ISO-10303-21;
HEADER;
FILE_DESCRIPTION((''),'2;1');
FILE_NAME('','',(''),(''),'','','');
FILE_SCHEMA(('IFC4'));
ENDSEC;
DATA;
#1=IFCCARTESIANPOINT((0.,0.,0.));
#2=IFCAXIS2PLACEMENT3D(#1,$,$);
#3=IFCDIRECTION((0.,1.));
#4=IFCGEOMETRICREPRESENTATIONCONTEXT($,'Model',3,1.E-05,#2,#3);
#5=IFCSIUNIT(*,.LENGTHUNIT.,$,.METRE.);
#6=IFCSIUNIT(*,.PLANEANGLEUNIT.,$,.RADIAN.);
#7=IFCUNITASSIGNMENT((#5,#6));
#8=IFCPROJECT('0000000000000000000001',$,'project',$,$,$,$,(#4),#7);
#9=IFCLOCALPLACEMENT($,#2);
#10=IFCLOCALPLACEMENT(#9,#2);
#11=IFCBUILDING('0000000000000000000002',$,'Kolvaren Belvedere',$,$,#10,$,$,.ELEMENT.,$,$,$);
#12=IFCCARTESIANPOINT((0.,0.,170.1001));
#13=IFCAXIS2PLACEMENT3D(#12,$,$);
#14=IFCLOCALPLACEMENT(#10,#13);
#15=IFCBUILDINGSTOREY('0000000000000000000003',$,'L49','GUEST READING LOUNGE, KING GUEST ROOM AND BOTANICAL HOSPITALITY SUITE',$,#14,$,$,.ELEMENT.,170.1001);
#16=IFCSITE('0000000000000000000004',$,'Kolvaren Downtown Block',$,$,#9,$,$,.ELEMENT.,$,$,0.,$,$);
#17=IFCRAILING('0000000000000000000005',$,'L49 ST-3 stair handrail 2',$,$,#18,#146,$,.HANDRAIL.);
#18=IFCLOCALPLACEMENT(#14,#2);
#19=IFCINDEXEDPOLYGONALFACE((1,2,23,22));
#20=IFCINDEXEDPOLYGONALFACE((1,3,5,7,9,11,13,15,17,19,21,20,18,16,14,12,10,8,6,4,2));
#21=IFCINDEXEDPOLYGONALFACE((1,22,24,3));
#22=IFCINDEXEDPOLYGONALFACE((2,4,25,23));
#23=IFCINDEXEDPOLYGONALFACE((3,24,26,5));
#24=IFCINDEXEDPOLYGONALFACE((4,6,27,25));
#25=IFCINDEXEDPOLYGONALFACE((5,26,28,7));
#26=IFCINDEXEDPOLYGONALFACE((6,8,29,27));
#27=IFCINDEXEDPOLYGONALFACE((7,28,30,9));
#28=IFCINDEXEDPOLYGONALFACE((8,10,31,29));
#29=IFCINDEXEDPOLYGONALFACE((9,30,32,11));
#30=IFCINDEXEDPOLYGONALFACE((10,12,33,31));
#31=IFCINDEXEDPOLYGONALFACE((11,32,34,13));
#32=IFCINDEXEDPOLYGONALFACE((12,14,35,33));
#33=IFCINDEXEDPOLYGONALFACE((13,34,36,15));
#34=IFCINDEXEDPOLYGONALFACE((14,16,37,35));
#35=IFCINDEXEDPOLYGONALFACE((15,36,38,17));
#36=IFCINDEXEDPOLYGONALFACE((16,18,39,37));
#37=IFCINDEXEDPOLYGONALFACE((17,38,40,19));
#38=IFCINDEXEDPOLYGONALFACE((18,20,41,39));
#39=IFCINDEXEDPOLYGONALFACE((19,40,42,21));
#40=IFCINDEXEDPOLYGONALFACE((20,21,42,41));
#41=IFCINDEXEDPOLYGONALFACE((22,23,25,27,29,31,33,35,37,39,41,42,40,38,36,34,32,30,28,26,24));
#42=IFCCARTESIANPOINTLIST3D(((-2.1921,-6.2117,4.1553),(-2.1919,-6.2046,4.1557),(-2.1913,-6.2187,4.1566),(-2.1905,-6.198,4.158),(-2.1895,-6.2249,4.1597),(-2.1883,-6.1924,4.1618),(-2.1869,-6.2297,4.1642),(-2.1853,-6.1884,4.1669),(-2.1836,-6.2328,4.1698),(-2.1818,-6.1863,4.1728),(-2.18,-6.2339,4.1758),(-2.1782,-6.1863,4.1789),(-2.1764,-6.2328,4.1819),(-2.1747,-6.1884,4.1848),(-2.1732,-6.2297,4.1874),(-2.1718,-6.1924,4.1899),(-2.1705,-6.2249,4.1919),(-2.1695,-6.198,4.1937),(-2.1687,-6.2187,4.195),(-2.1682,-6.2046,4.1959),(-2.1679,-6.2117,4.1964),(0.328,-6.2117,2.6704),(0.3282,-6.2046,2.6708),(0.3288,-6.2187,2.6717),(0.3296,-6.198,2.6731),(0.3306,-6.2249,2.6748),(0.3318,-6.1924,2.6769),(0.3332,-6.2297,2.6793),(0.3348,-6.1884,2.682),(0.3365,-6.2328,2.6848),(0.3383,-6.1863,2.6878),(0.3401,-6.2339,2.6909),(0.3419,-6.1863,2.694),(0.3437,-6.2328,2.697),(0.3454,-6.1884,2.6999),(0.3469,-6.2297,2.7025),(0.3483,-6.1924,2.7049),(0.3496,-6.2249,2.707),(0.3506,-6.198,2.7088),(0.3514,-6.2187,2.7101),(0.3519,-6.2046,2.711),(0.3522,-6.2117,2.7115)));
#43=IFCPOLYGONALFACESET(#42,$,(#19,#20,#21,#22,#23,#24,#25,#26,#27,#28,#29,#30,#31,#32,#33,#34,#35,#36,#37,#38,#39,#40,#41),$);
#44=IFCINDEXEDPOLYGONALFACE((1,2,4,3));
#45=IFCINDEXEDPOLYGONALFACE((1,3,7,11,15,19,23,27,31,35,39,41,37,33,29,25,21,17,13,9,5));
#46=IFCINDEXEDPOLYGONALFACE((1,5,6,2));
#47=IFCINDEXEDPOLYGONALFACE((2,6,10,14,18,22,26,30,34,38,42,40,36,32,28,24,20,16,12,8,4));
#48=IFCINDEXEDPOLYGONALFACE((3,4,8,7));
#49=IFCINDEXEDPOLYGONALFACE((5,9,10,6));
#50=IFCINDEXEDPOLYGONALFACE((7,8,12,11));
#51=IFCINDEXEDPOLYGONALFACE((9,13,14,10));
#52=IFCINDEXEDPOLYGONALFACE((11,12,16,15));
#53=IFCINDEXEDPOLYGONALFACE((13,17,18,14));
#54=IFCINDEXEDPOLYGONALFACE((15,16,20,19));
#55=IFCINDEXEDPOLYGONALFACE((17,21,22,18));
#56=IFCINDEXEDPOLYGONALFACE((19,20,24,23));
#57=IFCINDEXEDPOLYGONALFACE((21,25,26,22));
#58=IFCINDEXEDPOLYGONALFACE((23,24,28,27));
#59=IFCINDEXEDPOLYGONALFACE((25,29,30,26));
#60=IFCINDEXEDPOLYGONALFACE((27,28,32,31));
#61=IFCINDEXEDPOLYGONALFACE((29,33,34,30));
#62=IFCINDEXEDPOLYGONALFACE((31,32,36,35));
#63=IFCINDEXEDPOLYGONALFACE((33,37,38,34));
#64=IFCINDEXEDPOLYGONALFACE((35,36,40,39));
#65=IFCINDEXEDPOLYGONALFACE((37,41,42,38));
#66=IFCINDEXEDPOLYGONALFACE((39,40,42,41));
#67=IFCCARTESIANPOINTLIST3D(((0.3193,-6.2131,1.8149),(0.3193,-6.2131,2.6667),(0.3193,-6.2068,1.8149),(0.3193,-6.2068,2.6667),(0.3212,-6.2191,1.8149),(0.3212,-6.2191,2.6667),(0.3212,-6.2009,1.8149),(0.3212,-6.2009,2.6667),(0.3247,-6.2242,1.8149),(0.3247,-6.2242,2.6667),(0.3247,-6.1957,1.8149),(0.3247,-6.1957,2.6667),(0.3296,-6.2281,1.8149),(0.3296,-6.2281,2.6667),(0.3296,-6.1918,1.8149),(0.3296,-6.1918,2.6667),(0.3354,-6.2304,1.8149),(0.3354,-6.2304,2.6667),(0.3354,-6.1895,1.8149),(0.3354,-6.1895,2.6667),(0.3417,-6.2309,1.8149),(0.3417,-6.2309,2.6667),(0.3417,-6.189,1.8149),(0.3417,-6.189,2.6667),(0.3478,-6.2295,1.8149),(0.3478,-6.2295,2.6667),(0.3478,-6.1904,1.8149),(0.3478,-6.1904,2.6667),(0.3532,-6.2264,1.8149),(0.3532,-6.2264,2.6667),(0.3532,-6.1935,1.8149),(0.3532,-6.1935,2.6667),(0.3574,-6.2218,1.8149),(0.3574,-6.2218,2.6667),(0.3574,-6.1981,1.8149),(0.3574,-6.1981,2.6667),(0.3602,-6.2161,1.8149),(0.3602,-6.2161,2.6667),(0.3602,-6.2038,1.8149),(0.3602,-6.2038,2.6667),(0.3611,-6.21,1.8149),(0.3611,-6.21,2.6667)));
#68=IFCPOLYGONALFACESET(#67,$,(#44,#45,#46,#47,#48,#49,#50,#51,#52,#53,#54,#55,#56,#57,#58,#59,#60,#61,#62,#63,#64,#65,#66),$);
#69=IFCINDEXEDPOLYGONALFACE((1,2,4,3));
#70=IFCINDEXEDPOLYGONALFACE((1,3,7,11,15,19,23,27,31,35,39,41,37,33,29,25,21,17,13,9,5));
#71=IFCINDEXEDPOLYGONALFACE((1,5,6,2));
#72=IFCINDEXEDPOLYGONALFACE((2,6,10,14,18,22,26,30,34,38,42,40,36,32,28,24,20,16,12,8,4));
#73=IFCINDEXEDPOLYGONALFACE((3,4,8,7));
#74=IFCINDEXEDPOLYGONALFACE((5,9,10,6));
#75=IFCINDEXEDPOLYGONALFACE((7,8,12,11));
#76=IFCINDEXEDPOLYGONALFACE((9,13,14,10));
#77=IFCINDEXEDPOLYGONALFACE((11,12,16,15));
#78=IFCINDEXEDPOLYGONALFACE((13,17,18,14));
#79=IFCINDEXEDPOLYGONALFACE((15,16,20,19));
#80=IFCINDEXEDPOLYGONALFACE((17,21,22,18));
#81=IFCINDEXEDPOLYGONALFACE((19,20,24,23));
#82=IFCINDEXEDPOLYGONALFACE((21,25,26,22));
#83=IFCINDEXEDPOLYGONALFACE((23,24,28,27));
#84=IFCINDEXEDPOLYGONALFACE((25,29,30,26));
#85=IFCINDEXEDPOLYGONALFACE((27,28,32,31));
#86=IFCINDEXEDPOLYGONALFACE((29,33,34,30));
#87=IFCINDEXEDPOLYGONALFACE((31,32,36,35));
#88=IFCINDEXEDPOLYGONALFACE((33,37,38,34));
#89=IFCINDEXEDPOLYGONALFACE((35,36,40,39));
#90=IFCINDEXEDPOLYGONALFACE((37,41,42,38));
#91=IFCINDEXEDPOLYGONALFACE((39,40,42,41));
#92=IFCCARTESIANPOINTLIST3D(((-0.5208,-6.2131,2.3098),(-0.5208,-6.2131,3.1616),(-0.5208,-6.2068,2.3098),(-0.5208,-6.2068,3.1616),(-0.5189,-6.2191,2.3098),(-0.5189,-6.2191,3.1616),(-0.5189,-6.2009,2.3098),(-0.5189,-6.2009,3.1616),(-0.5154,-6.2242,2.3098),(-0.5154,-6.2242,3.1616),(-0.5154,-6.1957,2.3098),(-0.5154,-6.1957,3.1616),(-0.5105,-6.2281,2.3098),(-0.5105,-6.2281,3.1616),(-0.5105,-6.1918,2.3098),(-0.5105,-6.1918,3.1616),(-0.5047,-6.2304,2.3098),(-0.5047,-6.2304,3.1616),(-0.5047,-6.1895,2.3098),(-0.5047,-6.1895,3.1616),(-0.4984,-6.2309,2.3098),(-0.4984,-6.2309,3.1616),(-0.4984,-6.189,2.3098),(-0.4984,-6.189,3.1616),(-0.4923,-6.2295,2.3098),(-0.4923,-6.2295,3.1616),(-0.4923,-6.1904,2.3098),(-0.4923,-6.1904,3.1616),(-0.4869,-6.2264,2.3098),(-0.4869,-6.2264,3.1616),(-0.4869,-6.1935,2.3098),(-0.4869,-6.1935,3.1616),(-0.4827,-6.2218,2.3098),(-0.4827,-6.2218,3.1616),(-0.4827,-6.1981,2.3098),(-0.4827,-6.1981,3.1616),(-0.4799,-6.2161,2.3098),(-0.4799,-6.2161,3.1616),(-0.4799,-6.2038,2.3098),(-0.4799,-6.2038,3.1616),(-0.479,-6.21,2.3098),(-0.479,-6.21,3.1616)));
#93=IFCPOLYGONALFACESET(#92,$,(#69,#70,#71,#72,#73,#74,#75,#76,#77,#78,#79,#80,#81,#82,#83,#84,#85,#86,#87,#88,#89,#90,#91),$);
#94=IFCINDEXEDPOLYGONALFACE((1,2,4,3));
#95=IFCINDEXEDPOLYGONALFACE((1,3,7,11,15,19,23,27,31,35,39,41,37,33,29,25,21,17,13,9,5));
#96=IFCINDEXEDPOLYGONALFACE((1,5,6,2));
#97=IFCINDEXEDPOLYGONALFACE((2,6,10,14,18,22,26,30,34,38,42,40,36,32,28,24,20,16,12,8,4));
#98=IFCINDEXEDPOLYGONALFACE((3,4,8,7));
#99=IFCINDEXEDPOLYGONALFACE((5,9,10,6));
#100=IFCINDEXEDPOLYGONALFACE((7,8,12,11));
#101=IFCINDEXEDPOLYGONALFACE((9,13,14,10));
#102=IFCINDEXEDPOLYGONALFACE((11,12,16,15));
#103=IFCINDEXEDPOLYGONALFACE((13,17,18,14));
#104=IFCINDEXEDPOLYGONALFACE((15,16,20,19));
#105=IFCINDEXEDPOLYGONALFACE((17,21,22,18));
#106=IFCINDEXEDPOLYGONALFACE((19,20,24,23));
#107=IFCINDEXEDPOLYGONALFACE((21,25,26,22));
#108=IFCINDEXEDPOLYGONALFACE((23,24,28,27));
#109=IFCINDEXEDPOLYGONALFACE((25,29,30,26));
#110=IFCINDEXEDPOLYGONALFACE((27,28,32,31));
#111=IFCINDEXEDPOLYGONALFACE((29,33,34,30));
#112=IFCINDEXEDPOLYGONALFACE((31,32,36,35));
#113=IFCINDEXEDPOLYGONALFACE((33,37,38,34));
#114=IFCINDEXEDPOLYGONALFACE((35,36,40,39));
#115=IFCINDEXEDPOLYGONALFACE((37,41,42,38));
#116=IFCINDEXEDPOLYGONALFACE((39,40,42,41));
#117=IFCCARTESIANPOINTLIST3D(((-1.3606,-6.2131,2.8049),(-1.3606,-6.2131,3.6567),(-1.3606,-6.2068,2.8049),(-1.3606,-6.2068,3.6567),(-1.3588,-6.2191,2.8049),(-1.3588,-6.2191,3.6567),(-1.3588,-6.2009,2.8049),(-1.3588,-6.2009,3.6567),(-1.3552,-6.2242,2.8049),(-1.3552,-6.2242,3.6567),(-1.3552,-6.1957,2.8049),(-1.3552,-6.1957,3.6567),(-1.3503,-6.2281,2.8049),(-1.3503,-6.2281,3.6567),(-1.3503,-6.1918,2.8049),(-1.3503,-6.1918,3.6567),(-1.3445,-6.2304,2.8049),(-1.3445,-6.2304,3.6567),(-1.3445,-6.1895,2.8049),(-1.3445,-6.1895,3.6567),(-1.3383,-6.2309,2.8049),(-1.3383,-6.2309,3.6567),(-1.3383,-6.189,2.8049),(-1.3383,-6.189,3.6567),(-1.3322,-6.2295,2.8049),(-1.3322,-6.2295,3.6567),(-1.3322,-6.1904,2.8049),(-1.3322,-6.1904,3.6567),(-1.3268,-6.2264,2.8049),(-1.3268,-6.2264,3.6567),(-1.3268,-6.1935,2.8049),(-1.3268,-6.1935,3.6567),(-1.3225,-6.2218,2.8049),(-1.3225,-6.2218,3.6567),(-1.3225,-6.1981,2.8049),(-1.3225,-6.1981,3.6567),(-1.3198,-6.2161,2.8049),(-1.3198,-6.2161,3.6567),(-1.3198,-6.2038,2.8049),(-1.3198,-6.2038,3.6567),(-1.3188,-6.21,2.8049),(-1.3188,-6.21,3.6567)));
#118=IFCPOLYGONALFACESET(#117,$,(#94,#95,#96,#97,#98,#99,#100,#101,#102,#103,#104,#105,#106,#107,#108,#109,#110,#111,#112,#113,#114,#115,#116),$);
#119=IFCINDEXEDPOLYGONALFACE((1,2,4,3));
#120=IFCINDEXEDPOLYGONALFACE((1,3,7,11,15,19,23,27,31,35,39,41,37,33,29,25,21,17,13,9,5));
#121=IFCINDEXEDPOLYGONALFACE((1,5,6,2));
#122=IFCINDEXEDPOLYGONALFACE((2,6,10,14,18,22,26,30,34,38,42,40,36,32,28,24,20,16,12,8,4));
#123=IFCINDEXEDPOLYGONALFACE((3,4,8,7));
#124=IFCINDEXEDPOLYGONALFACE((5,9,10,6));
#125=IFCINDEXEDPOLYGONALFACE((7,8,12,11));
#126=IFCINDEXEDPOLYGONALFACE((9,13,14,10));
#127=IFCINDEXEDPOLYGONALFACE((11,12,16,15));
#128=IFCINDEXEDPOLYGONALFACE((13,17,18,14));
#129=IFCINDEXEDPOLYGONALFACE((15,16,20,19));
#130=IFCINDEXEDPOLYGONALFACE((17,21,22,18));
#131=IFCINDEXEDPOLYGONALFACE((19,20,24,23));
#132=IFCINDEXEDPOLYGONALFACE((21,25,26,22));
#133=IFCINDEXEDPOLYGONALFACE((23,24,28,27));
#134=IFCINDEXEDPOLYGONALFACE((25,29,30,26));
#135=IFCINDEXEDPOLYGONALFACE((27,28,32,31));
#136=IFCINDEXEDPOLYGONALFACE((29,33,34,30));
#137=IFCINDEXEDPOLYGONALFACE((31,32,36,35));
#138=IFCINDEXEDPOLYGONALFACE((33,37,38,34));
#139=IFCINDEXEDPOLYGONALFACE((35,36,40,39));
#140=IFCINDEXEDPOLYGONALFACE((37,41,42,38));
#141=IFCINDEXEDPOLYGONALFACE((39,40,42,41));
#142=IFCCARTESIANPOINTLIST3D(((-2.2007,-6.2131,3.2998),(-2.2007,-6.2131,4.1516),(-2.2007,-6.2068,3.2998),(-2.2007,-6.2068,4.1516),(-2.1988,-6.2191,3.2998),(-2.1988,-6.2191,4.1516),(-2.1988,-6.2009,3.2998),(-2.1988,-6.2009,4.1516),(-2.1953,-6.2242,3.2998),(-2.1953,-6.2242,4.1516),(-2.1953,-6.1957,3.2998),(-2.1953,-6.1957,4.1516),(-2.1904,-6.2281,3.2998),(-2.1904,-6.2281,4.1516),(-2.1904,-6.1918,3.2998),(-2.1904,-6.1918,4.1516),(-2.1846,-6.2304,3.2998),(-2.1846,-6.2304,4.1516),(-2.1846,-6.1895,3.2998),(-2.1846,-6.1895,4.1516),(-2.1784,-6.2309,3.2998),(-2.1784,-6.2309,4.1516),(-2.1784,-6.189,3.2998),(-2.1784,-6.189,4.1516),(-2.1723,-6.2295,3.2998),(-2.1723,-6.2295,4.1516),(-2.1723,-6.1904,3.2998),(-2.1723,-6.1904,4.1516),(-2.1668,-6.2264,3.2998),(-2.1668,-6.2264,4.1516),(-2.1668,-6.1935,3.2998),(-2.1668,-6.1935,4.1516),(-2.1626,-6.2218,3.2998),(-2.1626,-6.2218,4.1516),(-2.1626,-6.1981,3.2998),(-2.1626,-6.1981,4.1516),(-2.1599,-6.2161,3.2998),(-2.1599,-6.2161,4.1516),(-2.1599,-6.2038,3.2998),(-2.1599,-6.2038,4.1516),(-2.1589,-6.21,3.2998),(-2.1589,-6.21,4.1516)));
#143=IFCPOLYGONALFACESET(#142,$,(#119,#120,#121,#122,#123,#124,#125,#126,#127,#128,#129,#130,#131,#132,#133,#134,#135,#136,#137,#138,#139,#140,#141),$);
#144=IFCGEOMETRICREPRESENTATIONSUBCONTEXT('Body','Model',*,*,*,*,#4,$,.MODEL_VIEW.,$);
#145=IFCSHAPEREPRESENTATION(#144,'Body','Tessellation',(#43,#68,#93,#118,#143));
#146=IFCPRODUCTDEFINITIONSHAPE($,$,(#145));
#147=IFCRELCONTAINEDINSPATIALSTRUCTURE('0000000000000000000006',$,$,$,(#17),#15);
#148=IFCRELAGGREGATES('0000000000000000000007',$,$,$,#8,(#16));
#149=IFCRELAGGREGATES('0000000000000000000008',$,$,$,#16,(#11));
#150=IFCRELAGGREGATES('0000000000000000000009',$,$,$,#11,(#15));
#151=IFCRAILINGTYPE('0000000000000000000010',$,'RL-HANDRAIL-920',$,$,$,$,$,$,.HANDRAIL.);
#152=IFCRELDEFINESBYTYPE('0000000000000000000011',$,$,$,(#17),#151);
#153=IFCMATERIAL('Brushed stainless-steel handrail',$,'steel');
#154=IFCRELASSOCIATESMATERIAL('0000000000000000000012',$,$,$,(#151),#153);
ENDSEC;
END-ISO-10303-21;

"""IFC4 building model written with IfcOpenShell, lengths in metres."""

from ifc_helpers import new_model, si_unit, direction, frame, origin, origin_2d, place, context, subcontext, project, spatial, circle, extrude, material, type_object, element, save


model = new_model("IFC4")

# Units and contexts
model_context = context("Model", 3, precision=1e-05, world=origin(), true_north=direction((0.0, 1.0)))
body_context = subcontext(model_context, "Body", "Model", "MODEL_VIEW")
ifc_project = project(units=[si_unit("LENGTHUNIT", "METRE"), si_unit("PLANEANGLEUNIT", "RADIAN")], contexts=[model_context])

# Site, building, storey
site_placement = place(None, origin())
site = spatial("IfcSite", under=ifc_project, at=site_placement, Name="Kolvaren Downtown Block", CompositionType="ELEMENT", RefElevation=0.0)
building_placement = place(site_placement, origin())
building = spatial("IfcBuilding", under=site, at=building_placement, Name="Kolvaren Belvedere", CompositionType="ELEMENT")
storey_placement = place(building_placement, frame((0.0, 0.0, 170.1001)))
storey = spatial("IfcBuildingStorey", under=building, at=storey_placement, Name="L49", Description="GUEST READING LOUNGE, KING GUEST ROOM AND BOTANICAL HOSPITALITY SUITE", CompositionType="ELEMENT", Elevation=170.1001)

# Railing
ifc_material_1 = material(Name="Brushed stainless-steel handrail", Category="steel")
railing_type_1 = type_object("IfcRailingType", Name="RL-HANDRAIL-920", PredefinedType="HANDRAIL", material=ifc_material_1)
railing_1_placement = place(storey_placement, frame((0.3401, -6.21, 1.8149)))
element("IfcRailing", 1, at=railing_1_placement, inside=storey, type_object=railing_type_1, Name="L49 ST-3 stair handrail 2", PredefinedType="HANDRAIL", context=body_context, shape_type="SweptSolid", body=[
    extrude(circle(Radius=0.0239, at=origin_2d()), frame((0.0, 0.0, 0.876), z_axis=(-0.861561, 0.0, 0.507655), x_axis=(0.0, -1.0, 0.0)), (0.0, 0.0, 1.0), 2.925),
    extrude(circle(Radius=0.021, at=origin_2d()), origin(), (0.0, 0.0, 1.0), 0.8518),
    extrude(circle(Radius=0.021, at=origin_2d()), frame((-0.8401, 0.0, 0.4949)), (0.0, 0.0, 1.0), 0.8518),
    extrude(circle(Radius=0.021, at=origin_2d()), frame((-1.6799, 0.0, 0.99)), (0.0, 0.0, 1.0), 0.8518),
    extrude(circle(Radius=0.021, at=origin_2d()), frame((-2.52, 0.0, 1.4849)), (0.0, 0.0, 1.0), 0.8518),
])

save(model, "model.ifc")
